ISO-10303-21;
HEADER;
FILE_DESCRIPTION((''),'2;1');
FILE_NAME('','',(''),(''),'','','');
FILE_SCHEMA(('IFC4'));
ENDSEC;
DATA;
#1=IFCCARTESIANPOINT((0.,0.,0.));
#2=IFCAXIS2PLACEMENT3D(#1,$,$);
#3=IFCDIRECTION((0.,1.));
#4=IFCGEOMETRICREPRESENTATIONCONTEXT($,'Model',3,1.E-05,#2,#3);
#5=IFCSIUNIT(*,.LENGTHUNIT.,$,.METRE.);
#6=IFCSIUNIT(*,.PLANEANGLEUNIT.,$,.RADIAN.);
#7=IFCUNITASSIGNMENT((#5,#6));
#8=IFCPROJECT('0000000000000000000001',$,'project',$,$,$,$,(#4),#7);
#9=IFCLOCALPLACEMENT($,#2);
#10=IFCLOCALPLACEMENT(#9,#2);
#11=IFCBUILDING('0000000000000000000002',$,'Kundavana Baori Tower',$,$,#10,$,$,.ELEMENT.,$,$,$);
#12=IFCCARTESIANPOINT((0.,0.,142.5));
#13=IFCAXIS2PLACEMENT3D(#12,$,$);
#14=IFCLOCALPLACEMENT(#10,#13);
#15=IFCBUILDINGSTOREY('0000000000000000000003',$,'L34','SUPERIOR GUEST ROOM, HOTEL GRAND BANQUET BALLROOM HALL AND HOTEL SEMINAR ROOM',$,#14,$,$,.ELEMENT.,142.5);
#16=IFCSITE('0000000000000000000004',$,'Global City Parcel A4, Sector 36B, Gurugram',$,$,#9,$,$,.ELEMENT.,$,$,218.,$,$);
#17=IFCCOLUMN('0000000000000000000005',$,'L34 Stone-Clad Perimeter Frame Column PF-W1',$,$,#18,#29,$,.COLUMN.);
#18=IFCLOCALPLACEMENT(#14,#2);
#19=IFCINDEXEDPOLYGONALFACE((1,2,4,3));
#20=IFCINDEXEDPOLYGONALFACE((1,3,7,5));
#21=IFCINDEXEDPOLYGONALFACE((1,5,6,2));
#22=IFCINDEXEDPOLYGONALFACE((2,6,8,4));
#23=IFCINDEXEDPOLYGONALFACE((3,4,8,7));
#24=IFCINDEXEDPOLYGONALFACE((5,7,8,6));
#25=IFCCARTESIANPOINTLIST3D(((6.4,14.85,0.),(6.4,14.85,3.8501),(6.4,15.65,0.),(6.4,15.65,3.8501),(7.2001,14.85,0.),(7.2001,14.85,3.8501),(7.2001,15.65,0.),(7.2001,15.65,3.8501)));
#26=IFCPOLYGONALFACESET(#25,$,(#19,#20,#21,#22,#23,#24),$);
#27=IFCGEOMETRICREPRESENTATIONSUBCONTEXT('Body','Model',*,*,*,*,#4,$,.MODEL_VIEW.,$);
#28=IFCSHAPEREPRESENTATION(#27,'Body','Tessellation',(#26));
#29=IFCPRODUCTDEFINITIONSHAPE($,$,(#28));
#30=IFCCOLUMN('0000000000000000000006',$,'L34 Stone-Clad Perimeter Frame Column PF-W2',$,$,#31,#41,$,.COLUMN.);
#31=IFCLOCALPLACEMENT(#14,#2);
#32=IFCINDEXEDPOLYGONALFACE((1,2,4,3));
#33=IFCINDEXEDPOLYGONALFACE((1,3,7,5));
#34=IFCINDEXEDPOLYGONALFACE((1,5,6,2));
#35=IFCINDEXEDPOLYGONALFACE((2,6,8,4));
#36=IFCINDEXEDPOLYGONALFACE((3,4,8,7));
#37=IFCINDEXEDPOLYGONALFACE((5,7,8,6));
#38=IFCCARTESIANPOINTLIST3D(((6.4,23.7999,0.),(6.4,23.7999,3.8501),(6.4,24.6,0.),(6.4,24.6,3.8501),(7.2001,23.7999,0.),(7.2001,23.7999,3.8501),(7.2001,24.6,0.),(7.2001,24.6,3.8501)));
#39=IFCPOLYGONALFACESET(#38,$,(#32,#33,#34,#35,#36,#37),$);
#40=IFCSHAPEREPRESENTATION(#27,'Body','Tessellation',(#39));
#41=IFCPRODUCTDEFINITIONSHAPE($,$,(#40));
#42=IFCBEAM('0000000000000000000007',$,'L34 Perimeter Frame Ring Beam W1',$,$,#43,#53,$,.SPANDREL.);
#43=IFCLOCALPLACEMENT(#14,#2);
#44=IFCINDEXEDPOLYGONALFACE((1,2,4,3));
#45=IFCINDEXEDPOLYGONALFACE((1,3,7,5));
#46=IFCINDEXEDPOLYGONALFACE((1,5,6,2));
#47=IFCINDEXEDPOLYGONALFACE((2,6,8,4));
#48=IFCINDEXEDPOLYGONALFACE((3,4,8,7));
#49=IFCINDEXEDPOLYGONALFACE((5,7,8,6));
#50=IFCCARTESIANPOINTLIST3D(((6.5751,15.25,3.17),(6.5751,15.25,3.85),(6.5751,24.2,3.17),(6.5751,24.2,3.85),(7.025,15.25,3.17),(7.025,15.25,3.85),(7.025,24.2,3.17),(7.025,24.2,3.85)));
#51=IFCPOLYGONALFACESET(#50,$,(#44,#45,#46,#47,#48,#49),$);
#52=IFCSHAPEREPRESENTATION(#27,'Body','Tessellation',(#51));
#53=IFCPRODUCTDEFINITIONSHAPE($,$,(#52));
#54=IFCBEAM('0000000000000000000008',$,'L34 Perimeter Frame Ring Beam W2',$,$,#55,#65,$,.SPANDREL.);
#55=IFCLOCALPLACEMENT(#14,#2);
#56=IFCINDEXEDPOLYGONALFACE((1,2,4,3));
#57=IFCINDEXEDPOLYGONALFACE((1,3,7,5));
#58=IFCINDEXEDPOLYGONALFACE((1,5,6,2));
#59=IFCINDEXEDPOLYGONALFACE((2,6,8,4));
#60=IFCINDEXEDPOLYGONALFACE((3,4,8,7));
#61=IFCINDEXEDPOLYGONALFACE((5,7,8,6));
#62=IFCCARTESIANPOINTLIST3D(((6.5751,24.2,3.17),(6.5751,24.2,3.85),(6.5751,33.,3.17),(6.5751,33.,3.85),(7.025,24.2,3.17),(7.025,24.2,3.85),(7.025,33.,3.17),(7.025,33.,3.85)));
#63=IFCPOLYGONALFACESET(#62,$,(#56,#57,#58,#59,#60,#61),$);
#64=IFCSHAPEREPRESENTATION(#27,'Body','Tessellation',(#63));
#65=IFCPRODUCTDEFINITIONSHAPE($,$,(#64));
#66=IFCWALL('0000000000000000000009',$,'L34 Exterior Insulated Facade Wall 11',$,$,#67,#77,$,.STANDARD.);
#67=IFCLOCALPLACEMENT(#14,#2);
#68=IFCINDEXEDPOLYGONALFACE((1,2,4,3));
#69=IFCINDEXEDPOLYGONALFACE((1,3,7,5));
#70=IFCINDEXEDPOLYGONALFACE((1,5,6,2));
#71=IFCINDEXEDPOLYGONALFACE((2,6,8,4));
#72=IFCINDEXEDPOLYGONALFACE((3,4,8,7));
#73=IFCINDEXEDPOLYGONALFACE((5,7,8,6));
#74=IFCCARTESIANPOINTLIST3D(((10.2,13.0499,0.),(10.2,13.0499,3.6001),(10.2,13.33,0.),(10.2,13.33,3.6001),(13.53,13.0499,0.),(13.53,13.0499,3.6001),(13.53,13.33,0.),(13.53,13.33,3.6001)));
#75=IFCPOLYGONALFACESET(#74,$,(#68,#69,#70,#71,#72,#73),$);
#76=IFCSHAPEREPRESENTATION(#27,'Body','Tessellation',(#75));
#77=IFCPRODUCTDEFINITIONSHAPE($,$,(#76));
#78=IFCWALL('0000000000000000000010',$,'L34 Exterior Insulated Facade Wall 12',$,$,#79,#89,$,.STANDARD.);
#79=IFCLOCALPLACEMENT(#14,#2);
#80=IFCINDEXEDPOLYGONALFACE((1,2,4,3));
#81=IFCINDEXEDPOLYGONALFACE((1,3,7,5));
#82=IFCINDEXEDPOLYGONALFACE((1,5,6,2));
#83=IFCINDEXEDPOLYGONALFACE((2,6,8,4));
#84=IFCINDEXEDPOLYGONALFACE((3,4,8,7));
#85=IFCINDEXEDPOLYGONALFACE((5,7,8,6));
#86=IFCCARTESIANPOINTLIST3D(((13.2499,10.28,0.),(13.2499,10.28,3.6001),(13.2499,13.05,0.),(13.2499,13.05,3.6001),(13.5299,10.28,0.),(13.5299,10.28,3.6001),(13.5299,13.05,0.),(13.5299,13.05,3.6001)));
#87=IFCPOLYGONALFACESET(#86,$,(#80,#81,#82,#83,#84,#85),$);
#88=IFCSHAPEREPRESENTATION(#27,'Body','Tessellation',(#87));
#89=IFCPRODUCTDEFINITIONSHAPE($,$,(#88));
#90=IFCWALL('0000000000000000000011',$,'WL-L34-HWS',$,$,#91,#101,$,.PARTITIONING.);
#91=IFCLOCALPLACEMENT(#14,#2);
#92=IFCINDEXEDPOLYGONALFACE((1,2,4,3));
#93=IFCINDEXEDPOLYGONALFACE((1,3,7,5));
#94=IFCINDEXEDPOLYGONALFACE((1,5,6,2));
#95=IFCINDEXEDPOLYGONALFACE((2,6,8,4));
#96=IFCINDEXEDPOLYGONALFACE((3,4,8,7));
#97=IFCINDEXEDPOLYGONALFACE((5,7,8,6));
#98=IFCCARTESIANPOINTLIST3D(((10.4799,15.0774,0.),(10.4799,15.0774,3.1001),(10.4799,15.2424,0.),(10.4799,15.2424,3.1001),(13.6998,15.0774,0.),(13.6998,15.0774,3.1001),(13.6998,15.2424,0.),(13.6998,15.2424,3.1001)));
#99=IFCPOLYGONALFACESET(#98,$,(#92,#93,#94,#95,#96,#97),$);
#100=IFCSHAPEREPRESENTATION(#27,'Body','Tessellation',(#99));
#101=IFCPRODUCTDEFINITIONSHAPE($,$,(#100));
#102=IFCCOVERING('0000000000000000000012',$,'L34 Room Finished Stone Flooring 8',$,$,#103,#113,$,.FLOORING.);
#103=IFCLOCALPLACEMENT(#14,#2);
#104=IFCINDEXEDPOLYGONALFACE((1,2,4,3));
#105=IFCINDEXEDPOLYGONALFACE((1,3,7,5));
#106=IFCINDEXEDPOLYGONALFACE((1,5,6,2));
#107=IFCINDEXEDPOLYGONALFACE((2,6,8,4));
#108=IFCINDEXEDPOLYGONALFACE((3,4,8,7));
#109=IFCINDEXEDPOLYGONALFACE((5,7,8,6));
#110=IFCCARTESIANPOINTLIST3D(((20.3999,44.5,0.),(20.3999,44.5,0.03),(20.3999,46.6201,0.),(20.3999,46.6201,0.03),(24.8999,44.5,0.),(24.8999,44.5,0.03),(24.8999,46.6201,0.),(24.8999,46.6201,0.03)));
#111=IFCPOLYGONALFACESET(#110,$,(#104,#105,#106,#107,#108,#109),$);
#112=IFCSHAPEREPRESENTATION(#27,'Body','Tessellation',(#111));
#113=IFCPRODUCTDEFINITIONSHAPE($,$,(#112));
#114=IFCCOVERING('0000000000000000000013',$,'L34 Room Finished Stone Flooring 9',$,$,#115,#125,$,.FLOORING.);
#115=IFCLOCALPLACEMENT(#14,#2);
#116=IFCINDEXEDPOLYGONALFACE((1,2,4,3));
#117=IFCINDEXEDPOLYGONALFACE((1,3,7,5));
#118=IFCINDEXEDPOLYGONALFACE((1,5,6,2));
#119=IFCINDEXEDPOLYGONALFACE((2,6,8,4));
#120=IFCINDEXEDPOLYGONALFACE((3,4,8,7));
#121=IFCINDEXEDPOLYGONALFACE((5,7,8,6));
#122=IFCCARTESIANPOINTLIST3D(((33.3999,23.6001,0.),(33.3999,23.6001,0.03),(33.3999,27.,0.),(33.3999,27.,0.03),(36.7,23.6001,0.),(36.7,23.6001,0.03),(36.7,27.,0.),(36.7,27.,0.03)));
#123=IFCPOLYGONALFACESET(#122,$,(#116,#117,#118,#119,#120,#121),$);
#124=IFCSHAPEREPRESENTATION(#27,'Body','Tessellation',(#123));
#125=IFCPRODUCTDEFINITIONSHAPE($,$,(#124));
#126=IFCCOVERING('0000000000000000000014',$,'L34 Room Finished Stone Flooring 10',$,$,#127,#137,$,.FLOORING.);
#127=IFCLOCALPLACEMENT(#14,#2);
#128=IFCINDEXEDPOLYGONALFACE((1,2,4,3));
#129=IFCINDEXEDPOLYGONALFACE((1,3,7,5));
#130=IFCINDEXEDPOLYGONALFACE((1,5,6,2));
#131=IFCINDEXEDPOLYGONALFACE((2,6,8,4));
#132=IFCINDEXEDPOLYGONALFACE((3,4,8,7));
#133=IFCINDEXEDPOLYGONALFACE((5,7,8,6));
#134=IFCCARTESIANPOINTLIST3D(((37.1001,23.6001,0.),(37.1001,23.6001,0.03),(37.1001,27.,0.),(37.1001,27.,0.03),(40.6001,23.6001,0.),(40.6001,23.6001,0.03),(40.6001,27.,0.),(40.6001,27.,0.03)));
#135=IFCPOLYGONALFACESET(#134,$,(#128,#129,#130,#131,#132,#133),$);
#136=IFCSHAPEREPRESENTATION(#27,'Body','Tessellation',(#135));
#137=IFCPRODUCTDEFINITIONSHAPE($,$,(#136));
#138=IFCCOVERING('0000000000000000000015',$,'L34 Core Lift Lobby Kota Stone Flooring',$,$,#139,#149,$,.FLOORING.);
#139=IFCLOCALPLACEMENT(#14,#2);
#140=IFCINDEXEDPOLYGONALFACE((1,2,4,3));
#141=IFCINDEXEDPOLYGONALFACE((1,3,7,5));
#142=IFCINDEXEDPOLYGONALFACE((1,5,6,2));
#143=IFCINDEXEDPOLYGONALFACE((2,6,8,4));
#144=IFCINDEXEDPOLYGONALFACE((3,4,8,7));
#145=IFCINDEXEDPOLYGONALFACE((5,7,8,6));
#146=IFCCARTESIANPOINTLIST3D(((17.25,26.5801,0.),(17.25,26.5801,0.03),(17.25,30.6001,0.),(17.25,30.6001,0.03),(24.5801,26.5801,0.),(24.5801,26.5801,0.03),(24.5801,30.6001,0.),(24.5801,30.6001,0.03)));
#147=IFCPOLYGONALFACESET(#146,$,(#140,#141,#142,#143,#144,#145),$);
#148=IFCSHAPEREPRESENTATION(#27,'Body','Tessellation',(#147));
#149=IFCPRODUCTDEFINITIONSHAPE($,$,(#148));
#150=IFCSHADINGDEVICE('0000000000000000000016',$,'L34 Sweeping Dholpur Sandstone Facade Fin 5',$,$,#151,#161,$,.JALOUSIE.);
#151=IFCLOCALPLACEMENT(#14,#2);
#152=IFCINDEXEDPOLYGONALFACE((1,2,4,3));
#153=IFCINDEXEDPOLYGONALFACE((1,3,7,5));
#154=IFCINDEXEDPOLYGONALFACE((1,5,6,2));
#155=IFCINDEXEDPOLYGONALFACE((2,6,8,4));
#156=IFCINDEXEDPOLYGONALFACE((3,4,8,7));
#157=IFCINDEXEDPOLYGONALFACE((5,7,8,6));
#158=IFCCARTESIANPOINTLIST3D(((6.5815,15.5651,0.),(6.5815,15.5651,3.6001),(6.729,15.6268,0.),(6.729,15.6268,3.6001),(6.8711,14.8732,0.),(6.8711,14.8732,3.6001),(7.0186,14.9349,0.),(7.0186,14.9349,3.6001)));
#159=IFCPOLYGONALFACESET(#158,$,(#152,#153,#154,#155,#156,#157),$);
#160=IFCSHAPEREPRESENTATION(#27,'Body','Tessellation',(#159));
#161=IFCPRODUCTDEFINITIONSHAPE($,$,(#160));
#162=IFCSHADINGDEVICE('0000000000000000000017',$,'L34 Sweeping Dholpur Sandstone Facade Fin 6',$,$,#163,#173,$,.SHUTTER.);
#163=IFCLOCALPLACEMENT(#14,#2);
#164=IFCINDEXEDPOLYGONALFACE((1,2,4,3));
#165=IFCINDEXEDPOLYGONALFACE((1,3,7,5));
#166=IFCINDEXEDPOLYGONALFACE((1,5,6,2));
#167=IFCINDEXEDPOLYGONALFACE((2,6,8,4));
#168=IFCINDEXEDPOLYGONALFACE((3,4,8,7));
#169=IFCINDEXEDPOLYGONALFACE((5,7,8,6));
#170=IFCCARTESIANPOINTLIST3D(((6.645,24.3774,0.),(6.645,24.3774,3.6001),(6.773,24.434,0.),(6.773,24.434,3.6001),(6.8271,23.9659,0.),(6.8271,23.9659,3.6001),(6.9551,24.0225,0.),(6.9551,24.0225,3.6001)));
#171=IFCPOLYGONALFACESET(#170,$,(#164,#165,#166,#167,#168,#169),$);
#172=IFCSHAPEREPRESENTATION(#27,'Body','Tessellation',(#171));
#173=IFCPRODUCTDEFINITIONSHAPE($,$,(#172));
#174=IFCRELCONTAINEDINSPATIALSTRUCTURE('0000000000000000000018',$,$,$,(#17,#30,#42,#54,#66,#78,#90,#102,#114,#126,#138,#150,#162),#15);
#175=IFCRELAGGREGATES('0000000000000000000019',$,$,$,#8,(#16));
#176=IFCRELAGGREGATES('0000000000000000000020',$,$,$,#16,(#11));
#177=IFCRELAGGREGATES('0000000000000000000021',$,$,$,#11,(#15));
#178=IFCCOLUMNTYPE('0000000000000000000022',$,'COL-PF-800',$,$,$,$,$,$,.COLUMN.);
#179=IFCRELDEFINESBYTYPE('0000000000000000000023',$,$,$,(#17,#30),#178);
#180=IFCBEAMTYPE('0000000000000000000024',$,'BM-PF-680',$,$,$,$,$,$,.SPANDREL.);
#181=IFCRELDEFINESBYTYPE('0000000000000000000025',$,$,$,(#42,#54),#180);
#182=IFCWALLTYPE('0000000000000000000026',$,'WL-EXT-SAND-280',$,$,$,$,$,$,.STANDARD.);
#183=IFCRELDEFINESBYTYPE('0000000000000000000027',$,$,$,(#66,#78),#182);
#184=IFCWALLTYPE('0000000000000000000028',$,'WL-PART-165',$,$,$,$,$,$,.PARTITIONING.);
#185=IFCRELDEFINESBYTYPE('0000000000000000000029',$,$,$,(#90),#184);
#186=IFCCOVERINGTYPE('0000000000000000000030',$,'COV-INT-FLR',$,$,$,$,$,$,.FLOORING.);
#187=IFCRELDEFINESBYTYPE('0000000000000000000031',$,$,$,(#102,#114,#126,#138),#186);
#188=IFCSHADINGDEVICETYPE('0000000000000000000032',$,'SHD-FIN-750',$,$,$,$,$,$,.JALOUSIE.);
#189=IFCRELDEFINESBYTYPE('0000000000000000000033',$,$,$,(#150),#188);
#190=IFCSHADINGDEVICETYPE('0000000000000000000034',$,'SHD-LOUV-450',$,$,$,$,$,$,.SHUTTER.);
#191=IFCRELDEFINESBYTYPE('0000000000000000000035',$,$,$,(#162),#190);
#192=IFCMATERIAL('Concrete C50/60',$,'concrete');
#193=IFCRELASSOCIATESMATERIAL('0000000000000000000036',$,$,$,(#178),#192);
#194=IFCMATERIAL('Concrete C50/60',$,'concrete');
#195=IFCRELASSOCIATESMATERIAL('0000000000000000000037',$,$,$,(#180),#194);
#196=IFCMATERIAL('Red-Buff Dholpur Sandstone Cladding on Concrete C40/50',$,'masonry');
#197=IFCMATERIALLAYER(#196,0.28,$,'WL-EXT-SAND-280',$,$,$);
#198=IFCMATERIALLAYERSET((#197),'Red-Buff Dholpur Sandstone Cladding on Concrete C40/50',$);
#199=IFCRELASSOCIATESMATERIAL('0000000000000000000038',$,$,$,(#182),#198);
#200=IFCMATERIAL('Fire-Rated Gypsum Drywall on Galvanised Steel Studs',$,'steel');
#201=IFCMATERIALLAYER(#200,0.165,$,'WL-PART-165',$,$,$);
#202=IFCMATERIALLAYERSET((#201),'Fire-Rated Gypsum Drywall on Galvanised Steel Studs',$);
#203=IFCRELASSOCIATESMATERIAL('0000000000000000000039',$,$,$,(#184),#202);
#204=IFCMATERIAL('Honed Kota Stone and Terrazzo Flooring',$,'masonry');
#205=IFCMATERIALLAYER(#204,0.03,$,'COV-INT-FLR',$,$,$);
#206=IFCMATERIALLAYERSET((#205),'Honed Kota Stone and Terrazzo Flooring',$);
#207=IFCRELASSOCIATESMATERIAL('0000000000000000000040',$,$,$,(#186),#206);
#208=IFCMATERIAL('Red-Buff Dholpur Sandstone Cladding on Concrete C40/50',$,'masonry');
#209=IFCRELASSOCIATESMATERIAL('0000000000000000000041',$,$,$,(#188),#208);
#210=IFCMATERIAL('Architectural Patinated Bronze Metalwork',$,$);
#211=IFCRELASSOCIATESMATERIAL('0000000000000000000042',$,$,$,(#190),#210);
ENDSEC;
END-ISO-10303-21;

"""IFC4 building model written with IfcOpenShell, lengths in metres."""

from ifc_helpers import new_model, si_unit, direction, frame, frame_2d, origin, origin_2d, place, context, subcontext, project, spatial, polyline, rectangle, outline, extrude, material, layer, layer_set, material_profile, profile_set, type_object, element, save


model = new_model("IFC4")

# Units and contexts
model_context = context("Model", 3, precision=1e-05, world=origin(), true_north=direction((0.0, 1.0)))
body_context = subcontext(model_context, "Body", "Model", "MODEL_VIEW")
ifc_project = project(units=[si_unit("LENGTHUNIT", "METRE"), si_unit("PLANEANGLEUNIT", "RADIAN")], contexts=[model_context])

# Site, building, storey
site_placement = place(None, origin())
site = spatial("IfcSite", under=ifc_project, at=site_placement, Name="Global City Parcel A4, Sector 36B, Gurugram", CompositionType="ELEMENT", RefElevation=218.0)
building_placement = place(site_placement, origin())
building = spatial("IfcBuilding", under=site, at=building_placement, Name="Kundavana Baori Tower", CompositionType="ELEMENT")
storey_placement = place(building_placement, frame((0.0, 0.0, 142.5)))
storey = spatial("IfcBuildingStorey", under=building, at=storey_placement, Name="L34", Description="SUPERIOR GUEST ROOM, HOTEL GRAND BANQUET BALLROOM HALL AND HOTEL SEMINAR ROOM", CompositionType="ELEMENT", Elevation=142.5)

# Columns
ifc_material_1 = material(Name="Concrete C50/60", Category="concrete")
ifc_material_profile_1 = material_profile(ifc_material_1, rectangle(XDim=0.8, YDim=0.8, at=origin_2d()), Name="RC PF 800x800")
ifc_profile_set_1 = profile_set([ifc_material_profile_1], Name="Concrete C50/60")
column_type = type_object("IfcColumnType", Name="COL-PF-800", PredefinedType="COLUMN", material=ifc_profile_set_1)
for number, where, z_axis, x_axis, name in (
    (1, (6.8, 15.25, 0.0), (0.0, 0.0, 1.0), (1.0, 0.0, 0.0), "L34 Stone-Clad Perimeter Frame Column PF-W1"),
    (2, (6.8, 24.2, 0.0), (0.0, 0.0, 1.0), (1.0, 0.0, 0.0), "L34 Stone-Clad Perimeter Frame Column PF-W2"),
):
    element("IfcColumn", number, at=place(storey_placement, frame(where, z_axis=z_axis, x_axis=x_axis)), inside=storey, type_object=column_type, Name=name, PredefinedType="COLUMN", context=body_context, shape_type="SweptSolid", body=[
        extrude(rectangle(XDim=0.8, YDim=0.8, at=origin_2d()), origin(), (0.0, 0.0, 1.0), 3.8501),
    ])

# Beams
ifc_material_2 = material(Name="Concrete C50/60", Category="concrete")
ifc_material_profile_2 = material_profile(ifc_material_2, rectangle(XDim=0.45, YDim=0.6799, at=origin_2d()), Name="RC BM 450x680")
ifc_profile_set_2 = profile_set([ifc_material_profile_2], Name="Concrete C50/60")
beam_type = type_object("IfcBeamType", Name="BM-PF-680", PredefinedType="SPANDREL", material=ifc_profile_set_2)
beam_1_placement = place(storey_placement, frame((6.8, 15.25, 3.51), z_axis=(0.0, 1.0, 0.0), x_axis=(-1.0, 0.0, 0.0)))
element("IfcBeam", 3, at=beam_1_placement, inside=storey, type_object=beam_type, Name="L34 Perimeter Frame Ring Beam W1", PredefinedType="SPANDREL", context=body_context, shape_type="SweptSolid", body=[
    extrude(rectangle(XDim=0.45, YDim=0.6799, at=origin_2d()), origin(), (0.0, 0.0, 1.0), 8.95),
])
beam_2_placement = place(storey_placement, frame((6.8, 24.2, 3.51), z_axis=(0.0, 1.0, 0.0), x_axis=(-1.0, 0.0, 0.0)))
element("IfcBeam", 4, at=beam_2_placement, inside=storey, type_object=beam_type, Name="L34 Perimeter Frame Ring Beam W2", PredefinedType="SPANDREL", context=body_context, shape_type="SweptSolid", body=[
    extrude(rectangle(XDim=0.45, YDim=0.6799, at=origin_2d()), origin(), (0.0, 0.0, 1.0), 8.8),
])

# Shared definitions
ifc_material_3 = material(Name="Red-Buff Dholpur Sandstone Cladding on Concrete C40/50", Category="masonry")
ifc_layer_1 = layer(ifc_material_3, 0.28, Name="WL-EXT-SAND-280")
ifc_layer_set_1 = layer_set([ifc_layer_1], Name="Red-Buff Dholpur Sandstone Cladding on Concrete C40/50")
wall_type_1 = type_object("IfcWallType", Name="WL-EXT-SAND-280", PredefinedType="STANDARD", material=ifc_layer_set_1)

# Walls
wall_1_placement = place(storey_placement, frame((10.2, 13.1899, 0.0), z_axis=(0.0, 0.0, 1.0), x_axis=(1.0, 0.0, 0.0)))
element("IfcWall", 5, at=wall_1_placement, inside=storey, type_object=wall_type_1, Name="L34 Exterior Insulated Facade Wall 11", PredefinedType="STANDARD", context=body_context, shape_type="SweptSolid", body=[
    extrude(rectangle(XDim=3.3301, YDim=0.28, at=frame_2d((1.665, 0.0))), origin(), (0.0, 0.0, 1.0), 3.6001),
])
wall_2_placement = place(storey_placement, frame((13.3899, 13.05, 0.0), z_axis=(0.0, 0.0, 1.0), x_axis=(0.0, -1.0, 0.0)))
element("IfcWall", 6, at=wall_2_placement, inside=storey, type_object=wall_type_1, Name="L34 Exterior Insulated Facade Wall 12", PredefinedType="STANDARD", context=body_context, shape_type="SweptSolid", body=[
    extrude(rectangle(XDim=2.77, YDim=0.28, at=frame_2d((1.385, 0.0))), origin(), (0.0, 0.0, 1.0), 3.6001),
])
ifc_material_4 = material(Name="Fire-Rated Gypsum Drywall on Galvanised Steel Studs", Category="steel")
ifc_layer_2 = layer(ifc_material_4, 0.165, Name="WL-PART-165")
ifc_layer_set_2 = layer_set([ifc_layer_2], Name="Fire-Rated Gypsum Drywall on Galvanised Steel Studs")
wall_type_2 = type_object("IfcWallType", Name="WL-PART-165", PredefinedType="PARTITIONING", material=ifc_layer_set_2)
wall_3_placement = place(storey_placement, frame((10.48, 15.1599, 0.0), z_axis=(0.0, 0.0, 1.0), x_axis=(1.0, 0.0, 0.0)))
element("IfcWall", 7, at=wall_3_placement, inside=storey, type_object=wall_type_2, Name="WL-L34-HWS", PredefinedType="PARTITIONING", context=body_context, shape_type="SweptSolid", body=[
    extrude(rectangle(XDim=3.22, YDim=0.165, at=frame_2d((1.6099, 0.0))), origin(), (0.0, 0.0, 1.0), 3.1001),
])

# Coverings
ifc_material_5 = material(Name="Honed Kota Stone and Terrazzo Flooring", Category="masonry")
ifc_layer_3 = layer(ifc_material_5, 0.03, Name="COV-INT-FLR")
ifc_layer_set_3 = layer_set([ifc_layer_3], Name="Honed Kota Stone and Terrazzo Flooring")
covering_type = type_object("IfcCoveringType", Name="COV-INT-FLR", PredefinedType="FLOORING", material=ifc_layer_set_3)
covering_1_placement = place(storey_placement, origin())
element("IfcCovering", 8, at=covering_1_placement, inside=storey, type_object=covering_type, Name="L34 Room Finished Stone Flooring 8", PredefinedType="FLOORING", context=body_context, shape_type="SweptSolid", body=[
    extrude(outline(polyline([(20.3999, 44.5), (24.8999, 44.5), (24.8999, 46.6201), (20.3999, 46.6201), (20.3999, 44.5)])), origin(), (0.0, 0.0, 1.0), 0.03),
])
covering_2_placement = place(storey_placement, origin())
element("IfcCovering", 9, at=covering_2_placement, inside=storey, type_object=covering_type, Name="L34 Room Finished Stone Flooring 9", PredefinedType="FLOORING", context=body_context, shape_type="SweptSolid", body=[
    extrude(outline(polyline([(33.3999, 23.6001), (36.7, 23.6001), (36.7, 27.0), (33.3999, 27.0), (33.3999, 23.6001)])), origin(), (0.0, 0.0, 1.0), 0.03),
])
covering_3_placement = place(storey_placement, origin())
element("IfcCovering", 10, at=covering_3_placement, inside=storey, type_object=covering_type, Name="L34 Room Finished Stone Flooring 10", PredefinedType="FLOORING", context=body_context, shape_type="SweptSolid", body=[
    extrude(outline(polyline([(37.1001, 23.6001), (40.6001, 23.6001), (40.6001, 27.0), (37.1001, 27.0), (37.1001, 23.6001)])), origin(), (0.0, 0.0, 1.0), 0.03),
])
covering_4_placement = place(storey_placement, origin())
element("IfcCovering", 11, at=covering_4_placement, inside=storey, type_object=covering_type, Name="L34 Core Lift Lobby Kota Stone Flooring", PredefinedType="FLOORING", context=body_context, shape_type="SweptSolid", body=[
    extrude(outline(polyline([(17.25, 26.5801), (24.5801, 26.5801), (24.5801, 30.6001), (17.25, 30.6001), (17.25, 26.5801)])), origin(), (0.0, 0.0, 1.0), 0.03),
])

# Shading devices
ifc_material_6 = material(Name="Red-Buff Dholpur Sandstone Cladding on Concrete C40/50", Category="masonry")
shading_device_type_1 = type_object("IfcShadingDeviceType", Name="SHD-FIN-750", PredefinedType="JALOUSIE", material=ifc_material_6)
shading_device_1_placement = place(storey_placement, frame((6.8, 15.25, 0.0), z_axis=(0.0, 0.0, 1.0), x_axis=(0.922471, 0.386067, 0.0)))
element("IfcShadingDevice", 12, at=shading_device_1_placement, inside=storey, type_object=shading_device_type_1, Name="L34 Sweeping Dholpur Sandstone Facade Fin 5", PredefinedType="JALOUSIE", context=body_context, shape_type="SweptSolid", body=[
    extrude(rectangle(XDim=0.1599, YDim=0.75, at=origin_2d()), origin(), (0.0, 0.0, 1.0), 3.6001),
])
ifc_material_7 = material(Name="Architectural Patinated Bronze Metalwork")
shading_device_type_2 = type_object("IfcShadingDeviceType", Name="SHD-LOUV-450", PredefinedType="SHUTTER", material=ifc_material_7)
shading_device_2_placement = place(storey_placement, frame((6.8, 24.2, 0.0), z_axis=(0.0, 0.0, 1.0), x_axis=(0.914466, 0.404663, 0.0)))
element("IfcShadingDevice", 13, at=shading_device_2_placement, inside=storey, type_object=shading_device_type_2, Name="L34 Sweeping Dholpur Sandstone Facade Fin 6", PredefinedType="SHUTTER", context=body_context, shape_type="SweptSolid", body=[
    extrude(rectangle(XDim=0.1399, YDim=0.45, at=origin_2d()), origin(), (0.0, 0.0, 1.0), 3.6001),
])

save(model, "model.ifc")
